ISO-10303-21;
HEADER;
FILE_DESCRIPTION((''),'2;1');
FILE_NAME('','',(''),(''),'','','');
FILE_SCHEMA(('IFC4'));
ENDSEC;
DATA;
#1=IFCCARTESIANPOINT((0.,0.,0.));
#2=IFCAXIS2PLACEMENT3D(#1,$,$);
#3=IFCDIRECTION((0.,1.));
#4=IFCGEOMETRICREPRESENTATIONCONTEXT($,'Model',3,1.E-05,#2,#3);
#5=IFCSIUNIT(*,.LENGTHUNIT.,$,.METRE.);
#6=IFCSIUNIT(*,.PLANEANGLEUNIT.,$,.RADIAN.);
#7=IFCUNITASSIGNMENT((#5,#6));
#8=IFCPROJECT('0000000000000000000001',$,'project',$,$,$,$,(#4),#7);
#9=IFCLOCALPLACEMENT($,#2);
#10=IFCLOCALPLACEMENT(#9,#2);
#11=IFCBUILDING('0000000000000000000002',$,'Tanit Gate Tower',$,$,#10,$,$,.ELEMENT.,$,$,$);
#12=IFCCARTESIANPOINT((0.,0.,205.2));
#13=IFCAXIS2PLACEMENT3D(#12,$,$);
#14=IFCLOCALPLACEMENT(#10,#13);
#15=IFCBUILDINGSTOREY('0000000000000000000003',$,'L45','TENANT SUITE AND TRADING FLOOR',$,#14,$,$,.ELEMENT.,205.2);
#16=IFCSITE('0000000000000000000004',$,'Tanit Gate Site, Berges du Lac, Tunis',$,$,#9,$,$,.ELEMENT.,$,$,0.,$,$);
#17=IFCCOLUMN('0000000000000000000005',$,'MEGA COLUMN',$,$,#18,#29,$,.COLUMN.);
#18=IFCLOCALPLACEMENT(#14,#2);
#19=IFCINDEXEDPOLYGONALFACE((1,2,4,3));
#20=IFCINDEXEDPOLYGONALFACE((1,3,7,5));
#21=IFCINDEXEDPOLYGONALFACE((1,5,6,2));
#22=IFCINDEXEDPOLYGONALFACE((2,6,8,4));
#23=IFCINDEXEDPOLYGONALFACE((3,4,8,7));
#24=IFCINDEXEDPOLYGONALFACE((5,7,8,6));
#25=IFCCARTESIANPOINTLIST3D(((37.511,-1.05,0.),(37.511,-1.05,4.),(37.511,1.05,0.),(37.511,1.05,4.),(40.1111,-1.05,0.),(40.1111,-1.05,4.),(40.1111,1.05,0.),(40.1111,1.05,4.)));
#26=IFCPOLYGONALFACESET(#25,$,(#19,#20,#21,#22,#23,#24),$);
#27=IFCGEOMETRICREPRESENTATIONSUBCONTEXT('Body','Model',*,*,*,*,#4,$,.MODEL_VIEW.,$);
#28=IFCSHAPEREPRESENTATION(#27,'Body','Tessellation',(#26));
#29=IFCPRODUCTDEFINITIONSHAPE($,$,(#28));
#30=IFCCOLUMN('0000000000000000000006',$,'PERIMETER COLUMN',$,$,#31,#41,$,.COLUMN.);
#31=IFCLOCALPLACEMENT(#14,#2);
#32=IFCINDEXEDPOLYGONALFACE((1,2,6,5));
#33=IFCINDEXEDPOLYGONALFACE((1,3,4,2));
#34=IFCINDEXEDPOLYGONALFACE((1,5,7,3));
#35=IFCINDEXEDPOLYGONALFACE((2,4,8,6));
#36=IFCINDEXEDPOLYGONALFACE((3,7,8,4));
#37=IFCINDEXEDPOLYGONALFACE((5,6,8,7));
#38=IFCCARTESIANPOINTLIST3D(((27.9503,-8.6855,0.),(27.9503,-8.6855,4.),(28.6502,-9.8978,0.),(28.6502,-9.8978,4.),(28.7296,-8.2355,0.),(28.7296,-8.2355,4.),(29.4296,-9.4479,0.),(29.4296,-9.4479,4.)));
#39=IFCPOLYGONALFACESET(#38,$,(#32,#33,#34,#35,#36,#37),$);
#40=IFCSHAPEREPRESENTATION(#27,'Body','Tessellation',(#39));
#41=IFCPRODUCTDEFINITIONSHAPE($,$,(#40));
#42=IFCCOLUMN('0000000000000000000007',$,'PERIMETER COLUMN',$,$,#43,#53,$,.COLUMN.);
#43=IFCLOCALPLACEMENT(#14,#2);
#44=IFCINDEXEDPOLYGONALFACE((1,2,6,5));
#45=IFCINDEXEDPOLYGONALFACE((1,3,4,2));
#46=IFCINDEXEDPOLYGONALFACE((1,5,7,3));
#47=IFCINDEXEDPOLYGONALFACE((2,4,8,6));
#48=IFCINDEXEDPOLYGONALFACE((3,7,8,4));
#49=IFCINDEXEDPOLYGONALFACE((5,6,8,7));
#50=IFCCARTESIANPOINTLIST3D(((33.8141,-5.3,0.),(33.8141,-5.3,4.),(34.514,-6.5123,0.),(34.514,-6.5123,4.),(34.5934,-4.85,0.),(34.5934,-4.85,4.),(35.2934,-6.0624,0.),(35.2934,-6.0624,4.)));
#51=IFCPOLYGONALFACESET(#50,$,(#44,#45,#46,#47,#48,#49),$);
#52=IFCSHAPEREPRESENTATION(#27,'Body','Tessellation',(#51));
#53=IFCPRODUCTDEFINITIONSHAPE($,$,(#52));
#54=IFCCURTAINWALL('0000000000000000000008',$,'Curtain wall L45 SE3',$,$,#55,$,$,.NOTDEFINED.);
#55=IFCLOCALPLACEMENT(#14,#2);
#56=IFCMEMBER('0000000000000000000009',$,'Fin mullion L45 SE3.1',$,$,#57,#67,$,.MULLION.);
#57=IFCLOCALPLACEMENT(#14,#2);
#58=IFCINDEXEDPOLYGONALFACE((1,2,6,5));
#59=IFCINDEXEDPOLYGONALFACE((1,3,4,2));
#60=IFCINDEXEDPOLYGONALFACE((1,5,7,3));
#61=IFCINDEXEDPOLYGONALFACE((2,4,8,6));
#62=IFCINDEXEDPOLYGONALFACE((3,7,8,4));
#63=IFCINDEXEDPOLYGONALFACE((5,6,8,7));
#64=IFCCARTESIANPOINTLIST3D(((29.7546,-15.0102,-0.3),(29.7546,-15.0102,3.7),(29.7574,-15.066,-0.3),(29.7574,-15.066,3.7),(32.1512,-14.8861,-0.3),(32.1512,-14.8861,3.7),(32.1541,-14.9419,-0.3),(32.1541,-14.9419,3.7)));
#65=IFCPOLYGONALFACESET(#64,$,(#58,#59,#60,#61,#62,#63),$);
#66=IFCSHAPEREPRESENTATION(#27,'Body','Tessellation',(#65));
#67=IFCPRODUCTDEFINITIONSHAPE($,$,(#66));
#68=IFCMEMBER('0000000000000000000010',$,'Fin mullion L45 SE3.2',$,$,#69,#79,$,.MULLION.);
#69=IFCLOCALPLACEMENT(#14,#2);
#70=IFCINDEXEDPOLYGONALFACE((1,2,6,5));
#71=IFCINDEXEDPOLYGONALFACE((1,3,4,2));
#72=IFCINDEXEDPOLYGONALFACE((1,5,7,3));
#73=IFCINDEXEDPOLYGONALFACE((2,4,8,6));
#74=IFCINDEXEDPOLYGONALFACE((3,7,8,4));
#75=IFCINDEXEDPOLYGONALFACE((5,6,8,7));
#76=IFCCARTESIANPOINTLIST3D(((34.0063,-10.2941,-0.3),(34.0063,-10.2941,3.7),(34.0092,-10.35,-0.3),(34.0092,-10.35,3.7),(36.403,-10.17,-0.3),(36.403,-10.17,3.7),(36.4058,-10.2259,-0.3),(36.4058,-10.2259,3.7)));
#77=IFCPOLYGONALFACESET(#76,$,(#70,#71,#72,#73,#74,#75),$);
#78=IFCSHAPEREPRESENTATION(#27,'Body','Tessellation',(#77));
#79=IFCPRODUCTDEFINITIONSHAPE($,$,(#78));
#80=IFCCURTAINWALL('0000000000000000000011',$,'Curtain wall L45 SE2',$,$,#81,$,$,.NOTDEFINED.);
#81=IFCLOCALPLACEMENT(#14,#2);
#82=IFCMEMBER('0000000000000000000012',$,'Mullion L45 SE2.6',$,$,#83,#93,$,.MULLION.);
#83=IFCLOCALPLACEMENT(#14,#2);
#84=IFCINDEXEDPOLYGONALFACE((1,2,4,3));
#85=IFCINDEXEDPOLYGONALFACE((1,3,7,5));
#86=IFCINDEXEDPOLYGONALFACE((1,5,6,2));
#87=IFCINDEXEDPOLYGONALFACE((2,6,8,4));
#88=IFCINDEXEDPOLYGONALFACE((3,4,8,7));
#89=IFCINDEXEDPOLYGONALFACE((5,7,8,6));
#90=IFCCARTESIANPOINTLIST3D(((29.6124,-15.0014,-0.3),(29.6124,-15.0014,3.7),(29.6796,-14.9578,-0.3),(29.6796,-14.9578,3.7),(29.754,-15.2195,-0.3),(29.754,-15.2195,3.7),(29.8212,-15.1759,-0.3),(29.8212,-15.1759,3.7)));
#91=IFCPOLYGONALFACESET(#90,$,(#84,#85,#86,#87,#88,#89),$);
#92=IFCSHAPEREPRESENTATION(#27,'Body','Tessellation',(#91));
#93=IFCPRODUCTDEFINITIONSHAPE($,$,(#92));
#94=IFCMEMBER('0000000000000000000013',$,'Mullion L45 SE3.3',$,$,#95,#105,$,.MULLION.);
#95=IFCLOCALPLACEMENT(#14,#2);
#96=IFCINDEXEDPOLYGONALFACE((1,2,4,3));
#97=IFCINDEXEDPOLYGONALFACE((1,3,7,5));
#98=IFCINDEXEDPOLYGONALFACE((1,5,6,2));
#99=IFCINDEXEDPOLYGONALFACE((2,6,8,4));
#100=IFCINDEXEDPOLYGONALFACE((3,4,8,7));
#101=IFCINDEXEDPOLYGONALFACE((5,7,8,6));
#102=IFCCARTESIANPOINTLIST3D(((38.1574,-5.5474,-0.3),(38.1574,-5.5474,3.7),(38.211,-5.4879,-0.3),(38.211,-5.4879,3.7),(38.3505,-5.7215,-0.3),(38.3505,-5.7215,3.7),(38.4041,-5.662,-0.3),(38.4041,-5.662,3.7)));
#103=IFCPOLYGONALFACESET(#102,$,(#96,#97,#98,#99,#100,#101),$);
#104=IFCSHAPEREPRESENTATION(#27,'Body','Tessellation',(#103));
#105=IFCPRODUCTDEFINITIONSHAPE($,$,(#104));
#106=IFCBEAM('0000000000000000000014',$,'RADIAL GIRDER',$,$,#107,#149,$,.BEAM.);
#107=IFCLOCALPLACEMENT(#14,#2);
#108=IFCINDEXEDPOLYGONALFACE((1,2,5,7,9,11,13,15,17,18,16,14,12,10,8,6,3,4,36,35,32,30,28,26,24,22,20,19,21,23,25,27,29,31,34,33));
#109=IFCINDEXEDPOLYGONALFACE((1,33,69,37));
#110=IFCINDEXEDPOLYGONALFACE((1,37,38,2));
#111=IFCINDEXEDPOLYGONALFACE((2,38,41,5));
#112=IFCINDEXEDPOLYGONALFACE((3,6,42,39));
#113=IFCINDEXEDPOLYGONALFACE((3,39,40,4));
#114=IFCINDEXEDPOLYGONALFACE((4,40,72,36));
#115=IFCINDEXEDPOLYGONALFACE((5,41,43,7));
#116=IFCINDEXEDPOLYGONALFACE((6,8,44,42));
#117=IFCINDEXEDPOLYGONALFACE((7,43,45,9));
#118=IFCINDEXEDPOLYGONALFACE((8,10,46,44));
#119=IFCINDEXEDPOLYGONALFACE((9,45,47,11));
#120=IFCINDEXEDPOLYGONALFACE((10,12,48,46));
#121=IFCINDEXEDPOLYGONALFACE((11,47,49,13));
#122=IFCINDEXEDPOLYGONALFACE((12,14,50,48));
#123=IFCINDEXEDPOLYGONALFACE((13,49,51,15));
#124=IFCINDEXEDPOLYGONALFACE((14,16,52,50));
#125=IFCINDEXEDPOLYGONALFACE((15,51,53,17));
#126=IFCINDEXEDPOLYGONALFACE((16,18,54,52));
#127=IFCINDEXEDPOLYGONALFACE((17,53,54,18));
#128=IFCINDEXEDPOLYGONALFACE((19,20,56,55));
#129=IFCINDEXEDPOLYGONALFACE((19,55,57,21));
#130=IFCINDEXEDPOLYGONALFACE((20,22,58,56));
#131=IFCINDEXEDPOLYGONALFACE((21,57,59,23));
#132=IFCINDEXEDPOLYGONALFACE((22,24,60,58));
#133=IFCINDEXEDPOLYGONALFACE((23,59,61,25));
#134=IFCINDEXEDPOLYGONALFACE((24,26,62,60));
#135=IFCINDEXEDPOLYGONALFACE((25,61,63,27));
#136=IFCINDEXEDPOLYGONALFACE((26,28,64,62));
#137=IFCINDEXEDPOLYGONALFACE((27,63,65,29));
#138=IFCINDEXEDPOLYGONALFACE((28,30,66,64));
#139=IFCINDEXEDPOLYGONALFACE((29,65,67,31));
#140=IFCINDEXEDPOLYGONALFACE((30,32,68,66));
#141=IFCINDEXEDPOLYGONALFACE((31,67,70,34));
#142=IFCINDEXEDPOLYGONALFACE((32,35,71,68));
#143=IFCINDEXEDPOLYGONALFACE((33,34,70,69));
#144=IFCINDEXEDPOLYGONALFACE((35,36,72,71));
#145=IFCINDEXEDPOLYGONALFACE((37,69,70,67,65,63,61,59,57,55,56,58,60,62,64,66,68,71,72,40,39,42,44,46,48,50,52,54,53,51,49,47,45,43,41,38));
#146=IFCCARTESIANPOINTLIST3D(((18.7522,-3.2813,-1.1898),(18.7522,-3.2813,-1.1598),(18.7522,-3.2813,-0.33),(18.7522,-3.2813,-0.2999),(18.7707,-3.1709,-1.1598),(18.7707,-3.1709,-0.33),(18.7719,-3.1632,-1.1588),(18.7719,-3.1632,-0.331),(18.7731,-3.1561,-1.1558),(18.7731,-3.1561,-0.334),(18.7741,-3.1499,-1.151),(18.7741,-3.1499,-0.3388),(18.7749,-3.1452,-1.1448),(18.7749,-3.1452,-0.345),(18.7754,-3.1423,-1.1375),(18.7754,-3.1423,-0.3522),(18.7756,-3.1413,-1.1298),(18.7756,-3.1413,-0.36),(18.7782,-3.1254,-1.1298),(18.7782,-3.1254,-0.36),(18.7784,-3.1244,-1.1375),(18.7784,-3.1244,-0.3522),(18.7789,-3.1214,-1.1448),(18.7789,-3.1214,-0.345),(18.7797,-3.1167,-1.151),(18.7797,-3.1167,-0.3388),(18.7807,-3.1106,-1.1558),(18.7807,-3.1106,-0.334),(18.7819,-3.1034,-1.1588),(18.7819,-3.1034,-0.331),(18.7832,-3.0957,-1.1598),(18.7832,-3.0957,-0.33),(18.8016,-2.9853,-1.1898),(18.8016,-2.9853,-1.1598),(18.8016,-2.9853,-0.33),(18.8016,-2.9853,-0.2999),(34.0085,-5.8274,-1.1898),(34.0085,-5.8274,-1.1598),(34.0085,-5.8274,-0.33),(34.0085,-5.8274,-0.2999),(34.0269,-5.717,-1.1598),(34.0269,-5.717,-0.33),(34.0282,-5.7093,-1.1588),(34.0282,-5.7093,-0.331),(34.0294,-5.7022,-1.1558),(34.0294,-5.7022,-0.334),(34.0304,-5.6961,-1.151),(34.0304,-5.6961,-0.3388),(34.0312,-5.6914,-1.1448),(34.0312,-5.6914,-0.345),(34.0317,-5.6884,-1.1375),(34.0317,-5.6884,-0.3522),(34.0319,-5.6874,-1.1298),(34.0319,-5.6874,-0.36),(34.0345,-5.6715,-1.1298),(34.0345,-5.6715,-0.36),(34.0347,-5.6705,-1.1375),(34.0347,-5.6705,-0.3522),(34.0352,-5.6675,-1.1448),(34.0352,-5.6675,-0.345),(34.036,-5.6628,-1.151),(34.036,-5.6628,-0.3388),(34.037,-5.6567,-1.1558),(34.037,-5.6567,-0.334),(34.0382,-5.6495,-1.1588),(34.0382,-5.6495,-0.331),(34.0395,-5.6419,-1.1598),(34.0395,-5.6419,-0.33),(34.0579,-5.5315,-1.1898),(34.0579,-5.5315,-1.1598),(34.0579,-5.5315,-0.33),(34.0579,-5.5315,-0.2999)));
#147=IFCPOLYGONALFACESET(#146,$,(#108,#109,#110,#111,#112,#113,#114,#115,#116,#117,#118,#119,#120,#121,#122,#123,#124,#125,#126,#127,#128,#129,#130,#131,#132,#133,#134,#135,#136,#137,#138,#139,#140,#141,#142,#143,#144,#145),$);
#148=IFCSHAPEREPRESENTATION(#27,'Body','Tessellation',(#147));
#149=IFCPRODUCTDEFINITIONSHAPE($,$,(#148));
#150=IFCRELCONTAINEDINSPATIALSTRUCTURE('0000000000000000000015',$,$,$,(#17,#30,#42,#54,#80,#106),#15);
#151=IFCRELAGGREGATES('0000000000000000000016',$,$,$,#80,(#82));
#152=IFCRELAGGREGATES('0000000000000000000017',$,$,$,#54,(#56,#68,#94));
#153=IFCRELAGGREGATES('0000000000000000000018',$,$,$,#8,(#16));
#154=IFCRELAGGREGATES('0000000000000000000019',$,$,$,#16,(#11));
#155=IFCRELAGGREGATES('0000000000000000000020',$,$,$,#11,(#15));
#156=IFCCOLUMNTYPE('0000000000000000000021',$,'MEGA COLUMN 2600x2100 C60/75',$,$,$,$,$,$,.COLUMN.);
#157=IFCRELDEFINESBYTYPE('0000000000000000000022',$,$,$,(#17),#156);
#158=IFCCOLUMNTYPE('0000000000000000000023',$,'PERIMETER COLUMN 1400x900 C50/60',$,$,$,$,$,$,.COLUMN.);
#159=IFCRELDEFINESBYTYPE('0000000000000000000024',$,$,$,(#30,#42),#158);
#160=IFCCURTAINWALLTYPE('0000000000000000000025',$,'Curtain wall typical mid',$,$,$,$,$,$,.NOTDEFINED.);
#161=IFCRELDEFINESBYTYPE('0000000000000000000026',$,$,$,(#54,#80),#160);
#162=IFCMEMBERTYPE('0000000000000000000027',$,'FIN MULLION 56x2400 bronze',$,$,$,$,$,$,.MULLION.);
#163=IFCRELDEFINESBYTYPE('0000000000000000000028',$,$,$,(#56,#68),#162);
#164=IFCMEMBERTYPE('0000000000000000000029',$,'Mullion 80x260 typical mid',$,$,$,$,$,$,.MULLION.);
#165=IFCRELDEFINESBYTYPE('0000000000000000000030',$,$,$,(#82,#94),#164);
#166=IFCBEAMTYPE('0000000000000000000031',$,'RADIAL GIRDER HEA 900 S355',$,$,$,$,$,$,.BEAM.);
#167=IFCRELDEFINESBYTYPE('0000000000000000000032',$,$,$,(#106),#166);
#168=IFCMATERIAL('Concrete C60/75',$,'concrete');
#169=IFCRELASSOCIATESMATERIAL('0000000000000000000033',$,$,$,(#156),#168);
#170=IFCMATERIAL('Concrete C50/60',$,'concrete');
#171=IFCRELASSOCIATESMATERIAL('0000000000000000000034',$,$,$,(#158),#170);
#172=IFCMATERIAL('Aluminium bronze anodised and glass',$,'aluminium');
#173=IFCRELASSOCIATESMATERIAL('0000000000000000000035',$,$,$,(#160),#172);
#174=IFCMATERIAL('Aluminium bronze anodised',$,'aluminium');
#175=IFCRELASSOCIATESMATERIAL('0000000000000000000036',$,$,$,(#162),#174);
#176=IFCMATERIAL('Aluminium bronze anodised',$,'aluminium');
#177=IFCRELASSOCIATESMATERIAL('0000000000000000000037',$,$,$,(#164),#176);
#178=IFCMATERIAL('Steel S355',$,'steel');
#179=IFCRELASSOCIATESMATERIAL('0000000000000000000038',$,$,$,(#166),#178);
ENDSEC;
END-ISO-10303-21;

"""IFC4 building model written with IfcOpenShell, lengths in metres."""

from ifc_helpers import new_model, si_unit, direction, frame, origin, origin_2d, place, context, subcontext, project, spatial, rectangle, i_section, extrude, material, material_profile, profile_set, type_object, element, aggregate, save


model = new_model("IFC4")

# Units and contexts
model_context = context("Model", 3, precision=1e-05, world=origin(), true_north=direction((0.0, 1.0)))
body_context = subcontext(model_context, "Body", "Model", "MODEL_VIEW")
ifc_project = project(units=[si_unit("LENGTHUNIT", "METRE"), si_unit("PLANEANGLEUNIT", "RADIAN")], contexts=[model_context])

# Site, building, storey
site_placement = place(None, origin())
site = spatial("IfcSite", under=ifc_project, at=site_placement, Name="Tanit Gate Site, Berges du Lac, Tunis", CompositionType="ELEMENT", RefElevation=0.0)
building_placement = place(site_placement, origin())
building = spatial("IfcBuilding", under=site, at=building_placement, Name="Tanit Gate Tower", CompositionType="ELEMENT")
storey_placement = place(building_placement, frame((0.0, 0.0, 205.2)))
storey = spatial("IfcBuildingStorey", under=building, at=storey_placement, Name="L45", Description="TENANT SUITE AND TRADING FLOOR", CompositionType="ELEMENT", Elevation=205.2)

# Columns
ifc_material_1 = material(Name="Concrete C60/75", Category="concrete")
ifc_material_profile_1 = material_profile(ifc_material_1, rectangle(XDim=2.6001, YDim=2.1001, at=origin_2d()), Name="RC 2600x2100")
ifc_profile_set_1 = profile_set([ifc_material_profile_1], Name="Concrete C60/75")
column_type_1 = type_object("IfcColumnType", Name="MEGA COLUMN 2600x2100 C60/75", PredefinedType="COLUMN", material=ifc_profile_set_1)
column_placement = place(storey_placement, frame((38.811, 0.0, 0.0), z_axis=(0.0, 0.0, 1.0), x_axis=(1.0, 0.0, 0.0)))
element("IfcColumn", 1, at=column_placement, inside=storey, type_object=column_type_1, Name="MEGA COLUMN", PredefinedType="COLUMN", context=body_context, shape_type="SweptSolid", body=[
    extrude(rectangle(XDim=2.6001, YDim=2.1001, at=origin_2d()), origin(), (0.0, 0.0, 1.0), 4.0),
])
ifc_material_2 = material(Name="Concrete C50/60", Category="concrete")
ifc_material_profile_2 = material_profile(ifc_material_2, rectangle(XDim=1.3999, YDim=0.8999, at=origin_2d()), Name="RC 1400x900")
ifc_profile_set_2 = profile_set([ifc_material_profile_2], Name="Concrete C50/60")
column_type_2 = type_object("IfcColumnType", Name="PERIMETER COLUMN 1400x900 C50/60", PredefinedType="COLUMN", material=ifc_profile_set_2)
for number, where, z_axis, x_axis, name in (
    (2, (28.6899, -9.0667, 0.0), (0.0, 0.0, 1.0), (0.5, -0.866025, 0.0), "PERIMETER COLUMN"),
    (3, (34.5537, -5.6812, 0.0), (0.0, 0.0, 1.0), (0.5, -0.866025, 0.0), "PERIMETER COLUMN"),
):
    element("IfcColumn", number, at=place(storey_placement, frame(where, z_axis=z_axis, x_axis=x_axis)), inside=storey, type_object=column_type_2, Name=name, PredefinedType="COLUMN", context=body_context, shape_type="SweptSolid", body=[
        extrude(rectangle(XDim=1.3999, YDim=0.8999, at=origin_2d()), origin(), (0.0, 0.0, 1.0), 4.0),
    ])

# Curtain wall, members
ifc_material_3 = material(Name="Aluminium bronze anodised and glass", Category="aluminium")
curtain_wall_type = type_object("IfcCurtainWallType", Name="Curtain wall typical mid", PredefinedType="NOTDEFINED", material=ifc_material_3)
curtain_wall_1_placement = place(storey_placement, origin())
curtain_wall_1 = element("IfcCurtainWall", 4, at=curtain_wall_1_placement, inside=storey, type_object=curtain_wall_type, Name="Curtain wall L45 SE3", PredefinedType="NOTDEFINED")
ifc_material_4 = material(Name="Aluminium bronze anodised", Category="aluminium")
ifc_material_profile_3 = material_profile(ifc_material_4, rectangle(XDim=2.3999, YDim=0.0559, at=origin_2d()), Name="56x2400 bronze fin mullion")
ifc_profile_set_3 = profile_set([ifc_material_profile_3], Name="Aluminium bronze anodised")
member_type_1 = type_object("IfcMemberType", Name="FIN MULLION 56x2400 bronze", PredefinedType="MULLION", material=ifc_profile_set_3)
member_1_placement = place(storey_placement, frame((30.9543, -14.9761, -0.3), z_axis=(0.0, 0.0, 1.0), x_axis=(-0.998662, -0.051708, 0.0)))
member_1 = element("IfcMember", 5, at=member_1_placement, type_object=member_type_1, Name="Fin mullion L45 SE3.1", PredefinedType="MULLION", context=body_context, shape_type="SweptSolid", body=[
    extrude(rectangle(XDim=2.3999, YDim=0.0559, at=origin_2d()), origin(), (0.0, 0.0, 1.0), 4.0),
])
member_2_placement = place(storey_placement, frame((35.2061, -10.26, -0.3), z_axis=(0.0, 0.0, 1.0), x_axis=(-0.998662, -0.051708, 0.0)))
member_2 = element("IfcMember", 6, at=member_2_placement, type_object=member_type_1, Name="Fin mullion L45 SE3.2", PredefinedType="MULLION", context=body_context, shape_type="SweptSolid", body=[
    extrude(rectangle(XDim=2.3999, YDim=0.0559, at=origin_2d()), origin(), (0.0, 0.0, 1.0), 4.0),
])

# Curtain wall, member
curtain_wall_2_placement = place(storey_placement, origin())
curtain_wall_2 = element("IfcCurtainWall", 7, at=curtain_wall_2_placement, inside=storey, type_object=curtain_wall_type, Name="Curtain wall L45 SE2", PredefinedType="NOTDEFINED")
ifc_material_5 = material(Name="Aluminium bronze anodised", Category="aluminium")
ifc_material_profile_4 = material_profile(ifc_material_5, rectangle(XDim=0.26, YDim=0.0801, at=origin_2d()), Name="80x260 bronze mullion")
ifc_profile_set_4 = profile_set([ifc_material_profile_4], Name="Aluminium bronze anodised")
member_type_2 = type_object("IfcMemberType", Name="Mullion 80x260 typical mid", PredefinedType="MULLION", material=ifc_profile_set_4)
member_3_placement = place(storey_placement, frame((29.7168, -15.0886, -0.3), z_axis=(0.0, 0.0, 1.0), x_axis=(-0.544359, 0.838852, 0.0)))
member_3 = element("IfcMember", 8, at=member_3_placement, type_object=member_type_2, Name="Mullion L45 SE2.6", PredefinedType="MULLION", context=body_context, shape_type="SweptSolid", body=[
    extrude(rectangle(XDim=0.26, YDim=0.0801, at=origin_2d()), origin(), (0.0, 0.0, 1.0), 4.0),
])
aggregate(curtain_wall_2, [member_3])

# Member
member_4_placement = place(storey_placement, frame((38.2808, -5.6047, -0.3), z_axis=(0.0, 0.0, 1.0), x_axis=(-0.742724, 0.669598, 0.0)))
member_4 = element("IfcMember", 9, at=member_4_placement, type_object=member_type_2, Name="Mullion L45 SE3.3", PredefinedType="MULLION", context=body_context, shape_type="SweptSolid", body=[
    extrude(rectangle(XDim=0.26, YDim=0.0801, at=origin_2d()), origin(), (0.0, 0.0, 1.0), 4.0),
])

# Beam
ifc_material_6 = material(Name="Steel S355", Category="steel")
ifc_material_profile_5 = material_profile(ifc_material_6, i_section(OverallWidth=0.3, OverallDepth=0.8899, WebThickness=0.0161, FlangeThickness=0.03, FilletRadius=0.03, at=origin_2d()), Name="HEA 900")
ifc_profile_set_5 = profile_set([ifc_material_profile_5], Name="Steel S355")
beam_type_1 = type_object("IfcBeamType", Name="RADIAL GIRDER HEA 900 S355", PredefinedType="BEAM", material=ifc_profile_set_5)
beam_1_placement = place(storey_placement, frame((34.0332, -5.6794, -0.7449), z_axis=(-0.986358, 0.164614, 0.0), x_axis=(-0.164614, -0.986358, 0.0)))
element("IfcBeam", 10, at=beam_1_placement, inside=storey, type_object=beam_type_1, Name="RADIAL GIRDER", PredefinedType="BEAM", context=body_context, shape_type="SweptSolid", body=[
    extrude(i_section(OverallWidth=0.3, OverallDepth=0.8899, WebThickness=0.0161, FlangeThickness=0.03, FilletRadius=0.03, at=origin_2d()), origin(), (0.0, 0.0, 1.0), 15.4673),
])

aggregate(curtain_wall_1, [member_1, member_2, member_4])

save(model, "model.ifc")
